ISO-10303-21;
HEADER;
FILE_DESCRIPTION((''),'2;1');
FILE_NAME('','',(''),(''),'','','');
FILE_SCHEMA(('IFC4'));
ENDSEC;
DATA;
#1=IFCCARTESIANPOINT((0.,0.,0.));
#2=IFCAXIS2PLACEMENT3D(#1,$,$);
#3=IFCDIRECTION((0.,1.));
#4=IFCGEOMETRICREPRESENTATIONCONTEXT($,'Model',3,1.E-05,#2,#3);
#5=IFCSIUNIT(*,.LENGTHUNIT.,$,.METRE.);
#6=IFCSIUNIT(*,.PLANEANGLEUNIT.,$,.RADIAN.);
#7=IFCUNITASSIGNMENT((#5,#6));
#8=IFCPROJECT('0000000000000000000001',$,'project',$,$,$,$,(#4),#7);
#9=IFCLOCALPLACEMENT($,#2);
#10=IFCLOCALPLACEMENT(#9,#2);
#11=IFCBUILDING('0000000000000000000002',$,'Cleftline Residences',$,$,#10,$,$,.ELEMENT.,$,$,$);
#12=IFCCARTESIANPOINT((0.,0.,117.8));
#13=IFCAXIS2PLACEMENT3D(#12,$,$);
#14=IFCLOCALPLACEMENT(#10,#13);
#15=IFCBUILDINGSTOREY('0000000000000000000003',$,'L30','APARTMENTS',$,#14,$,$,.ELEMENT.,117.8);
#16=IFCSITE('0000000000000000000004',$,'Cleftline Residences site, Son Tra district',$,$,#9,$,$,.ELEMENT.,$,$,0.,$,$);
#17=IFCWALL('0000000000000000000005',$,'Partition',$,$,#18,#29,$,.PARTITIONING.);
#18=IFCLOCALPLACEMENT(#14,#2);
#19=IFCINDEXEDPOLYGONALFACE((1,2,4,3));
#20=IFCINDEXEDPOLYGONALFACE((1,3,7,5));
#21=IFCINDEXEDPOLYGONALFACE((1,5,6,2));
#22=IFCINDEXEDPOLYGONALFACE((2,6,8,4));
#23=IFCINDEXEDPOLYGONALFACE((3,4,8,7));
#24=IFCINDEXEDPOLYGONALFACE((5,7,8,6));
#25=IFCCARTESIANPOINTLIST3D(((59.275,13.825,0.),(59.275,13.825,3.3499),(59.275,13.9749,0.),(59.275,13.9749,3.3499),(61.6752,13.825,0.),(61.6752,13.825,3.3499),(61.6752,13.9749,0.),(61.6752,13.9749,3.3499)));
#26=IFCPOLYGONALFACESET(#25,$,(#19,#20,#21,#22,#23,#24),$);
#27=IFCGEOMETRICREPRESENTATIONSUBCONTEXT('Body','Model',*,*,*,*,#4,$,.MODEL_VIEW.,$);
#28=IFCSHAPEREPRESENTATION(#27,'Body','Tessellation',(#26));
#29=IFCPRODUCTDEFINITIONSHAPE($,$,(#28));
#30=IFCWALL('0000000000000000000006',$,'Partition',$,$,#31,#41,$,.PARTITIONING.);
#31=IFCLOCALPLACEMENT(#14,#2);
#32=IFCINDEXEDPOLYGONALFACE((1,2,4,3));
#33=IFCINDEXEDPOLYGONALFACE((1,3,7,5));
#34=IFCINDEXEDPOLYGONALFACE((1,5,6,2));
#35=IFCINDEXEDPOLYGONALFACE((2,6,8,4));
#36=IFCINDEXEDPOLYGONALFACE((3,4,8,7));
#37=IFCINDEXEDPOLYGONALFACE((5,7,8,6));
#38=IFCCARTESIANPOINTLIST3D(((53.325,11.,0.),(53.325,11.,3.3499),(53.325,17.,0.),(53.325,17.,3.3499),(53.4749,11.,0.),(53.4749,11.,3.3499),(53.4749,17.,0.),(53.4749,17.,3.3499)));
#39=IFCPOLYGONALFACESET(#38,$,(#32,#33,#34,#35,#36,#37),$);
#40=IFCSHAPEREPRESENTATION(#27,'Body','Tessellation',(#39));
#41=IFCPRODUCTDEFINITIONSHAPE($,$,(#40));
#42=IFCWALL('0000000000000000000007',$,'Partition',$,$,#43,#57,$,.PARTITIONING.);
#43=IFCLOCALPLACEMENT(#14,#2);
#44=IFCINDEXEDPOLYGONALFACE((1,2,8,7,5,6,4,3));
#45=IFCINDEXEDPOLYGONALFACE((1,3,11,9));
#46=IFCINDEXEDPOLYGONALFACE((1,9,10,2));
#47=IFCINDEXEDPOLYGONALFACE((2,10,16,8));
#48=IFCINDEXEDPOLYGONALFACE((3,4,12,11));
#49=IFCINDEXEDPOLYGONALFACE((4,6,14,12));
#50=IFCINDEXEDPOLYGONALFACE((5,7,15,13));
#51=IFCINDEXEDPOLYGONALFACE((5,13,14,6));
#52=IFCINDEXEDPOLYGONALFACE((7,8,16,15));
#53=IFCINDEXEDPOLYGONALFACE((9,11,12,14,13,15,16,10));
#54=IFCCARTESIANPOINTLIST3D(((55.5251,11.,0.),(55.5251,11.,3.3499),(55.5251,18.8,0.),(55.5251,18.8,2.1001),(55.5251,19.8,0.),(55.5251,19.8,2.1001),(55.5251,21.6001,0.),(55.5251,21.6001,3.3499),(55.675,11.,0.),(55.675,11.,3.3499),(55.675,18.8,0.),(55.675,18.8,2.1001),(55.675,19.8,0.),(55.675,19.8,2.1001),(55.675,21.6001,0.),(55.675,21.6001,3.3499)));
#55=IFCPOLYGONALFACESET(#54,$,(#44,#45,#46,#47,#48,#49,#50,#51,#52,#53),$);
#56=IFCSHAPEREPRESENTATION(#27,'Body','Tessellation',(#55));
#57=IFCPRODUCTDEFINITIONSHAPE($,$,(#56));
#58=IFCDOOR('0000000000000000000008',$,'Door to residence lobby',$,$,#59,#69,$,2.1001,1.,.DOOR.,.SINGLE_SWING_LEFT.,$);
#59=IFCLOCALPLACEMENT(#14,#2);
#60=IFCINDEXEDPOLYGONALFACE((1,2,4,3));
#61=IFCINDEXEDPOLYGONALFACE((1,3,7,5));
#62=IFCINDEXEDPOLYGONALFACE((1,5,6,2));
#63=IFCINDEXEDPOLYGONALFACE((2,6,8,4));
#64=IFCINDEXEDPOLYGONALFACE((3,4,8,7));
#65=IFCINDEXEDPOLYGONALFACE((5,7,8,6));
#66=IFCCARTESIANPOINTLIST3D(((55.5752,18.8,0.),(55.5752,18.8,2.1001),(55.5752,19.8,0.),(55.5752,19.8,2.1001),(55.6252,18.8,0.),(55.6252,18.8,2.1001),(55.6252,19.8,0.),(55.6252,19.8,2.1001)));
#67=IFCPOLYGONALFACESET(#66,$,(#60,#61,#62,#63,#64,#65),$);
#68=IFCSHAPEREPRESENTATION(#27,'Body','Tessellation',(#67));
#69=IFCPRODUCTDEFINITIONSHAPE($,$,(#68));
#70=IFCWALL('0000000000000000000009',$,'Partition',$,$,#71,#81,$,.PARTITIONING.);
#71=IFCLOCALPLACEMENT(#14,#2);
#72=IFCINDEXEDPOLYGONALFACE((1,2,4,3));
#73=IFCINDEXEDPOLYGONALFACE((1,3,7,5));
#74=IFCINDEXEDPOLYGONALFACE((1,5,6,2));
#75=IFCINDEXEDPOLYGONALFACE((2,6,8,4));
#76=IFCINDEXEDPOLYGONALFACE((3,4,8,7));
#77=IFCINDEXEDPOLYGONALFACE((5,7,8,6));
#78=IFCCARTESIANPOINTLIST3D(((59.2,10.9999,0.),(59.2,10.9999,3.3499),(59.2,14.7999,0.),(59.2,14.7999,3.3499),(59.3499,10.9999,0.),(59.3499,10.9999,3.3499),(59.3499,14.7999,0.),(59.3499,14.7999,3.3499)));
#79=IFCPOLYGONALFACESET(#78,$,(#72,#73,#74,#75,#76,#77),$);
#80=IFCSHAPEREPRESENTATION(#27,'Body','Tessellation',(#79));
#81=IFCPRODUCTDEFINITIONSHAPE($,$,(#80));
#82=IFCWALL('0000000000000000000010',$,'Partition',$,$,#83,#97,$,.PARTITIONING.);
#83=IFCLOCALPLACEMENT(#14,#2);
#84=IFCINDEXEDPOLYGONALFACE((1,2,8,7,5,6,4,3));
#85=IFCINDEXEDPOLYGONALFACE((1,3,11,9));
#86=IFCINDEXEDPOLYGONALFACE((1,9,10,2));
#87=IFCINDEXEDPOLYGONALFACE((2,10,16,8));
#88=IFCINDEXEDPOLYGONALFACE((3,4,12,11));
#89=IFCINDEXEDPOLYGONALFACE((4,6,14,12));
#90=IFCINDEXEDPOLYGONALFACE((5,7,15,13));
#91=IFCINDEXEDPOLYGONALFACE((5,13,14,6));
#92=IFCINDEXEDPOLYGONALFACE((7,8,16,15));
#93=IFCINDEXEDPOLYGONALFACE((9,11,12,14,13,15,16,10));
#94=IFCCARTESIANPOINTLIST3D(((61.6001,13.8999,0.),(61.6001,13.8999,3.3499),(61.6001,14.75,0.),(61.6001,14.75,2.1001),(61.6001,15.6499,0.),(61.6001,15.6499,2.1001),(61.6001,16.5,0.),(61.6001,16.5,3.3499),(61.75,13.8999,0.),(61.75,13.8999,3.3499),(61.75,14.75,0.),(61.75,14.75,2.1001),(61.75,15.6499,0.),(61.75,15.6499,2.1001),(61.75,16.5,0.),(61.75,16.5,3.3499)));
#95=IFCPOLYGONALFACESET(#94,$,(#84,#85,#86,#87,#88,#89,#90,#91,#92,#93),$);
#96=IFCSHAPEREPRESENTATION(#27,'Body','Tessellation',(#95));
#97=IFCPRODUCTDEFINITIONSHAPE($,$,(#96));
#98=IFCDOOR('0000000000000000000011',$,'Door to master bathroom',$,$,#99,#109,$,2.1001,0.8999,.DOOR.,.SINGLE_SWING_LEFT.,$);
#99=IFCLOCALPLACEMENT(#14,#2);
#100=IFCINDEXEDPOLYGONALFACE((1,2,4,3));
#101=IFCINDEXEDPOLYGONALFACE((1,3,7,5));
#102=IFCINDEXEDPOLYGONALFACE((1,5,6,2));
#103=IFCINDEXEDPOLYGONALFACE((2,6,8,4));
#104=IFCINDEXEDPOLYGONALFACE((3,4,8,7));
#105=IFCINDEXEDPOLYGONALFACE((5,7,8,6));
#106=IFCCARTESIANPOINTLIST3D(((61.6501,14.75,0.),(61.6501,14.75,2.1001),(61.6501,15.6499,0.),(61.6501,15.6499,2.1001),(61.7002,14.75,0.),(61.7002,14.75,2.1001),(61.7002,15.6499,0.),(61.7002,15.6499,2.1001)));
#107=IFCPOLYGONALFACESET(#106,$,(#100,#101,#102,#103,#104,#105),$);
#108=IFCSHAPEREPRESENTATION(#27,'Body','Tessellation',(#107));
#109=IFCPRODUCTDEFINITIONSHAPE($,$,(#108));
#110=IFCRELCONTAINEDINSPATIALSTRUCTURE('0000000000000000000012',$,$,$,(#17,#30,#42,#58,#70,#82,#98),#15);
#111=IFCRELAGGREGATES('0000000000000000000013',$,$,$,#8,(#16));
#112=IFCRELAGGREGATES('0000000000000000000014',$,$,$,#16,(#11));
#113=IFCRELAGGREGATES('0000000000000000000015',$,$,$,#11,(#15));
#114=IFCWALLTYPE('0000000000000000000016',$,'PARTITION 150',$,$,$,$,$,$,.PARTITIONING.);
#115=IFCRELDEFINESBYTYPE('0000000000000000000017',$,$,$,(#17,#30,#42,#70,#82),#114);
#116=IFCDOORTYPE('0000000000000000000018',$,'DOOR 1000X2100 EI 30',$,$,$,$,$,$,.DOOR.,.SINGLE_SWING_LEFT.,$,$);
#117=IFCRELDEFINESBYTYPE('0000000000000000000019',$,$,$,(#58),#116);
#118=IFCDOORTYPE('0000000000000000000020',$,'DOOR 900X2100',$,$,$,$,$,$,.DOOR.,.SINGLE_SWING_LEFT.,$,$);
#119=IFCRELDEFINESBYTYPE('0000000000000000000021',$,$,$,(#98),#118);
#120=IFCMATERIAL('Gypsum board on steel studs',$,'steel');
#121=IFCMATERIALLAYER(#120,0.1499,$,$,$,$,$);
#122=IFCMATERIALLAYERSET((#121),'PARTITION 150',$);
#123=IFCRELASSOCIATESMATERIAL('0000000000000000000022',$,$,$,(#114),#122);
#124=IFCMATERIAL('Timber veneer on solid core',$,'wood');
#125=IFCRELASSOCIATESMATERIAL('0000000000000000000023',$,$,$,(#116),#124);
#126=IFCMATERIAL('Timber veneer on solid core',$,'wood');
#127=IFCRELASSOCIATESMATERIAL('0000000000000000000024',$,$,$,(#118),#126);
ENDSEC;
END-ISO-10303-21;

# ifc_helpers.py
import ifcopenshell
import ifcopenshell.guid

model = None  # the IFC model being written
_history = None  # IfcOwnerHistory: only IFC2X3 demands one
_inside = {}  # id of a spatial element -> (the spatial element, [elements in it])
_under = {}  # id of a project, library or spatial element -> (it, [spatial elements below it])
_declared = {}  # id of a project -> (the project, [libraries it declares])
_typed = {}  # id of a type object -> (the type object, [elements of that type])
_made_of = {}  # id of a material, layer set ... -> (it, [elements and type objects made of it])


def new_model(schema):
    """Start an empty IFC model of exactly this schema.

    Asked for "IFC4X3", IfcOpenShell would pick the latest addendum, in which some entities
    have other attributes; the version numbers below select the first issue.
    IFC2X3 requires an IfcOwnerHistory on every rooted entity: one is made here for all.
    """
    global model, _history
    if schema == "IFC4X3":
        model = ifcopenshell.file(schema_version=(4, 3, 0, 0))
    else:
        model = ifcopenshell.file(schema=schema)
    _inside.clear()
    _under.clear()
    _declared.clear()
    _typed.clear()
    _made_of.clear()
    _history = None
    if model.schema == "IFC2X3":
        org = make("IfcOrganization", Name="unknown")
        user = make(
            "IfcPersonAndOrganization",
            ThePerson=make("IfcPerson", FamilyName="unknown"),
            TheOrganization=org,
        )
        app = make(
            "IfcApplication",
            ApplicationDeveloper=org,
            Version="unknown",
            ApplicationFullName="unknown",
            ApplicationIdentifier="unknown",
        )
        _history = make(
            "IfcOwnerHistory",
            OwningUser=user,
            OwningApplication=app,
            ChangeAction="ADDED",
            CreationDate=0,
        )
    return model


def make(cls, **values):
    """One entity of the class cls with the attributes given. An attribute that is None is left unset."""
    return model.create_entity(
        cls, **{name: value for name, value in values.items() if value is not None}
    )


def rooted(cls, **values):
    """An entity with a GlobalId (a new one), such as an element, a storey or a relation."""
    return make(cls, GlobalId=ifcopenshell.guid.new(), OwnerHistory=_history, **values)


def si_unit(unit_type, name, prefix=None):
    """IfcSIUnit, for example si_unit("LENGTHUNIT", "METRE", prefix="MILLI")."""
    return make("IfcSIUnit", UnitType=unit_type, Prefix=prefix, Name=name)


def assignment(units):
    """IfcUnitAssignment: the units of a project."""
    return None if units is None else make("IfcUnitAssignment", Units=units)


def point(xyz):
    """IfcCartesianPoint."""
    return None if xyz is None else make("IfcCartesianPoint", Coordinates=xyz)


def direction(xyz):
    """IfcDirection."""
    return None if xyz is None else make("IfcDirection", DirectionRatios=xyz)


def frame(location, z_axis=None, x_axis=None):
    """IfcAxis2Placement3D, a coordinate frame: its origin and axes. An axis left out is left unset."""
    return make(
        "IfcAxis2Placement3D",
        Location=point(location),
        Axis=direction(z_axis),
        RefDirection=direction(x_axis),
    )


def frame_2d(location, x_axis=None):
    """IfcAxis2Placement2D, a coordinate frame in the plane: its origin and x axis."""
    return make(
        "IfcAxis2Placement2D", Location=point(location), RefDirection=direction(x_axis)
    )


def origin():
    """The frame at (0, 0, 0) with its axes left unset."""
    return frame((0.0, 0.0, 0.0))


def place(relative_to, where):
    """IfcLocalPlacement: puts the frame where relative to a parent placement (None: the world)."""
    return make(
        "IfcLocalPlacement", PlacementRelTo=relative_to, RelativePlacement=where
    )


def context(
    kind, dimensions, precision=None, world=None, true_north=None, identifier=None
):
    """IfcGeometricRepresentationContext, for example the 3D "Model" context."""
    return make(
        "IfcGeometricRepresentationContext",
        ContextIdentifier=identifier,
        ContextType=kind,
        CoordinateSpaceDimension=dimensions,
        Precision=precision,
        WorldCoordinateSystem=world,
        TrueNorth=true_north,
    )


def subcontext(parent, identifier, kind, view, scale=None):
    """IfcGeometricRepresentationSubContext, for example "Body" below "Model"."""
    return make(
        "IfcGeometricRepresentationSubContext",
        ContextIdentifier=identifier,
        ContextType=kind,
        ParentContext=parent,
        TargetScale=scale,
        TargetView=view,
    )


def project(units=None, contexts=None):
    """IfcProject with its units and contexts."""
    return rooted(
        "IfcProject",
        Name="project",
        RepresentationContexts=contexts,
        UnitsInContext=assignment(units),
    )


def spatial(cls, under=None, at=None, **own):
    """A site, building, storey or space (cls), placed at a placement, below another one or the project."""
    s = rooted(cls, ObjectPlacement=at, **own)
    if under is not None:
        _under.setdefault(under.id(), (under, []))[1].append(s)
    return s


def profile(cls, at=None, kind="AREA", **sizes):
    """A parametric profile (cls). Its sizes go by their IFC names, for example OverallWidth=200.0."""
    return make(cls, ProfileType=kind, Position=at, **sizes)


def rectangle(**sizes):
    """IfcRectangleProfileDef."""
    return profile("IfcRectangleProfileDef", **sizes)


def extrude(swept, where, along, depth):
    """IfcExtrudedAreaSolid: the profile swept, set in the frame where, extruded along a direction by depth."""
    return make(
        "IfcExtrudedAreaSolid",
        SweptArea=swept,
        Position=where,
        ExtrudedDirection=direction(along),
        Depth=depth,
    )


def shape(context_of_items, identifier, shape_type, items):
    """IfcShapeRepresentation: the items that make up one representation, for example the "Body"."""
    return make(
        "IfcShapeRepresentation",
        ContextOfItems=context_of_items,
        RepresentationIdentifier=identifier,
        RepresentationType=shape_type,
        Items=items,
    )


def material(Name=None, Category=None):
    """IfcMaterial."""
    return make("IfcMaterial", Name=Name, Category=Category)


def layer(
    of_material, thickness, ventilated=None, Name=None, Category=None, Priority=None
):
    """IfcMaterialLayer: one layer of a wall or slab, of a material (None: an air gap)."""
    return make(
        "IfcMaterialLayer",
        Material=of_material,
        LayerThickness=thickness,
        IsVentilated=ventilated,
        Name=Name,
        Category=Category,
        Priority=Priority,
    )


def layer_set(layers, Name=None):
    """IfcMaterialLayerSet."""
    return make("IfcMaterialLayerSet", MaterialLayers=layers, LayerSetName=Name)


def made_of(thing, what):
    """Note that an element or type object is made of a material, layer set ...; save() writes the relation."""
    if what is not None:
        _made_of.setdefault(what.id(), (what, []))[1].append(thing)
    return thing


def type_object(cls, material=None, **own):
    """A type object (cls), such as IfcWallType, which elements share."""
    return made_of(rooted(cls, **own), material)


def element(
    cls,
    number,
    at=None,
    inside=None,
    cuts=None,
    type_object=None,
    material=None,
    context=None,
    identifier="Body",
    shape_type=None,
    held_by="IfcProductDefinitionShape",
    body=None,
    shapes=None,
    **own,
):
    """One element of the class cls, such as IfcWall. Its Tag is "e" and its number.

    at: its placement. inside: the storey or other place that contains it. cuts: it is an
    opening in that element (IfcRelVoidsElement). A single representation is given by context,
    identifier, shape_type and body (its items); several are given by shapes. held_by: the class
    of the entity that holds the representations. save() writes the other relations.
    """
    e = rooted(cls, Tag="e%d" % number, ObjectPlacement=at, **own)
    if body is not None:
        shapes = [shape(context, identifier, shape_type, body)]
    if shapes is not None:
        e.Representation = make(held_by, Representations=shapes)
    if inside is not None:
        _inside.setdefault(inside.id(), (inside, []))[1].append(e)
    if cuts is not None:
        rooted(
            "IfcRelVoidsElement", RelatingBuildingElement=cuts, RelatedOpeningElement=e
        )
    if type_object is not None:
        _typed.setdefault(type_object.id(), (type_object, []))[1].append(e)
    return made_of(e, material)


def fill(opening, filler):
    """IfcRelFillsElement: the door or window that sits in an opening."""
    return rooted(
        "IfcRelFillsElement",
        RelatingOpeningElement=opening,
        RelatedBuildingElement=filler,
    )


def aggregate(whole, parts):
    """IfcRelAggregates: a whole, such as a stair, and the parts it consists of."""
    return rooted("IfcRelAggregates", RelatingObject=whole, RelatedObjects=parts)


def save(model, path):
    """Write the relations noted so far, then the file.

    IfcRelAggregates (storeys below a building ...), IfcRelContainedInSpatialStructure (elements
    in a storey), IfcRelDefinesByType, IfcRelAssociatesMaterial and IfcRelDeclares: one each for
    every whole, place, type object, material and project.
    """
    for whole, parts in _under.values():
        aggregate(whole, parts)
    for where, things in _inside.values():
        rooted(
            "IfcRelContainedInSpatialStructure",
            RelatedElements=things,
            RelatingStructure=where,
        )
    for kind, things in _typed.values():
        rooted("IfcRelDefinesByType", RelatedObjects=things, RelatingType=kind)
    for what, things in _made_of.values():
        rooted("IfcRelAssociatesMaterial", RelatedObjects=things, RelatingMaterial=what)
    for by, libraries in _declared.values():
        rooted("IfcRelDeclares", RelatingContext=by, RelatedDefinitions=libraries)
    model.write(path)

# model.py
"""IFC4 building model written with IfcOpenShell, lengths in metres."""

from ifc_helpers import new_model, si_unit, direction, frame, frame_2d, origin, place, context, subcontext, project, spatial, rectangle, extrude, material, layer, layer_set, type_object, element, fill, save


model = new_model("IFC4")

# Units and contexts
model_context = context("Model", 3, precision=1e-05, world=origin(), true_north=direction((0.0, 1.0)))
body_context = subcontext(model_context, "Body", "Model", "MODEL_VIEW")
ifc_project = project(units=[si_unit("LENGTHUNIT", "METRE"), si_unit("PLANEANGLEUNIT", "RADIAN")], contexts=[model_context])

# Site, building, storey
site_placement = place(None, origin())
site = spatial("IfcSite", under=ifc_project, at=site_placement, Name="Cleftline Residences site, Son Tra district", CompositionType="ELEMENT", RefElevation=0.0)
building_placement = place(site_placement, origin())
building = spatial("IfcBuilding", under=site, at=building_placement, Name="Cleftline Residences", CompositionType="ELEMENT")
storey_placement = place(building_placement, frame((0.0, 0.0, 117.8)))
storey = spatial("IfcBuildingStorey", under=building, at=storey_placement, Name="L30", Description="APARTMENTS", CompositionType="ELEMENT", Elevation=117.8)

# Walls
ifc_material_1 = material(Name="Gypsum board on steel studs", Category="steel")
ifc_layer = layer(ifc_material_1, 0.1499)
ifc_layer_set = layer_set([ifc_layer], Name="PARTITION 150")
wall_type = type_object("IfcWallType", Name="PARTITION 150", PredefinedType="PARTITIONING", material=ifc_layer_set)
wall_1_placement = place(storey_placement, frame((59.2749, 13.8999, 0.0), z_axis=(0.0, 0.0, 1.0), x_axis=(1.0, 0.0, 0.0)))
element("IfcWall", 1, at=wall_1_placement, inside=storey, type_object=wall_type, Name="Partition", PredefinedType="PARTITIONING", context=body_context, shape_type="SweptSolid", body=[
    extrude(rectangle(XDim=2.4001, YDim=0.1499, at=frame_2d((1.2002, 0.0))), origin(), (0.0, 0.0, 1.0), 3.3499),
])
wall_2_placement = place(storey_placement, frame((53.3999, 11.0, 0.0), z_axis=(0.0, 0.0, 1.0), x_axis=(0.0, 1.0, 0.0)))
element("IfcWall", 2, at=wall_2_placement, inside=storey, type_object=wall_type, Name="Partition", PredefinedType="PARTITIONING", context=body_context, shape_type="SweptSolid", body=[
    extrude(rectangle(XDim=6.0, YDim=0.1499, at=frame_2d((3.0, 0.0))), origin(), (0.0, 0.0, 1.0), 3.3499),
])

# Wall, opening, door
wall_3_placement = place(storey_placement, frame((55.6001, 11.0, 0.0), z_axis=(0.0, 0.0, 1.0), x_axis=(0.0, 1.0, 0.0)))
wall_3 = element("IfcWall", 3, at=wall_3_placement, inside=storey, type_object=wall_type, Name="Partition", PredefinedType="PARTITIONING", context=body_context, shape_type="SweptSolid", body=[
    extrude(rectangle(XDim=10.6001, YDim=0.1499, at=frame_2d((5.3, 0.0))), origin(), (0.0, 0.0, 1.0), 3.3499),
])
opening_1_placement = place(wall_3_placement, frame((7.8, 0.0, 0.0)))
opening_1 = element("IfcOpeningElement", 4, at=opening_1_placement, cuts=wall_3, PredefinedType="OPENING", context=body_context, shape_type="SweptSolid", body=[
    extrude(rectangle(XDim=1.0, YDim=2.1001, at=frame_2d((0.5, 1.05))), frame((0.0, 0.085, 0.0), z_axis=(0.0, -1.0, 0.0), x_axis=(1.0, 0.0, 0.0)), (0.0, 0.0, 1.0), 0.1699),
])
ifc_material_2 = material(Name="Timber veneer on solid core", Category="wood")
door_type_1 = type_object("IfcDoorType", Name="DOOR 1000X2100 EI 30", OperationType="SINGLE_SWING_LEFT", PredefinedType="DOOR", material=ifc_material_2)
door_1_placement = place(opening_1_placement, origin())
door_1 = element("IfcDoor", 5, at=door_1_placement, inside=storey, type_object=door_type_1, Name="Door to residence lobby", OperationType="SINGLE_SWING_LEFT", OverallHeight=2.1001, OverallWidth=1.0, PredefinedType="DOOR", context=body_context, shape_type="SweptSolid", body=[
    extrude(rectangle(XDim=1.0, YDim=2.1001, at=frame_2d((0.5, 1.05))), frame((0.0, 0.0249, 0.0), z_axis=(0.0, -1.0, 0.0), x_axis=(1.0, 0.0, 0.0)), (0.0, 0.0, 1.0), 0.05),
])
fill(opening_1, door_1)

# Wall
wall_4_placement = place(storey_placement, frame((59.2749, 11.0, 0.0), z_axis=(0.0, 0.0, 1.0), x_axis=(0.0, 1.0, 0.0)))
element("IfcWall", 6, at=wall_4_placement, inside=storey, type_object=wall_type, Name="Partition", PredefinedType="PARTITIONING", context=body_context, shape_type="SweptSolid", body=[
    extrude(rectangle(XDim=3.8, YDim=0.1499, at=frame_2d((1.8999, 0.0))), origin(), (0.0, 0.0, 1.0), 3.3499),
])

# Wall, opening, door
wall_5_placement = place(storey_placement, frame((61.675, 13.8999, 0.0), z_axis=(0.0, 0.0, 1.0), x_axis=(0.0, 1.0, 0.0)))
wall_5 = element("IfcWall", 7, at=wall_5_placement, inside=storey, type_object=wall_type, Name="Partition", PredefinedType="PARTITIONING", context=body_context, shape_type="SweptSolid", body=[
    extrude(rectangle(XDim=2.6001, YDim=0.1499, at=frame_2d((1.3, 0.0))), origin(), (0.0, 0.0, 1.0), 3.3499),
])
opening_2_placement = place(wall_5_placement, frame((0.8501, 0.0, 0.0)))
opening_2 = element("IfcOpeningElement", 8, at=opening_2_placement, cuts=wall_5, PredefinedType="OPENING", context=body_context, shape_type="SweptSolid", body=[
    extrude(rectangle(XDim=0.8999, YDim=2.1001, at=frame_2d((0.45, 1.05))), frame((0.0, 0.085, 0.0), z_axis=(0.0, -1.0, 0.0), x_axis=(1.0, 0.0, 0.0)), (0.0, 0.0, 1.0), 0.1699),
])
ifc_material_3 = material(Name="Timber veneer on solid core", Category="wood")
door_type_2 = type_object("IfcDoorType", Name="DOOR 900X2100", OperationType="SINGLE_SWING_LEFT", PredefinedType="DOOR", material=ifc_material_3)
door_2_placement = place(opening_2_placement, origin())
door_2 = element("IfcDoor", 9, at=door_2_placement, inside=storey, type_object=door_type_2, Name="Door to master bathroom", OperationType="SINGLE_SWING_LEFT", OverallHeight=2.1001, OverallWidth=0.8999, PredefinedType="DOOR", context=body_context, shape_type="SweptSolid", body=[
    extrude(rectangle(XDim=0.8999, YDim=2.1001, at=frame_2d((0.45, 1.05))), frame((0.0, 0.0249, 0.0), z_axis=(0.0, -1.0, 0.0), x_axis=(1.0, 0.0, 0.0)), (0.0, 0.0, 1.0), 0.05),
])
fill(opening_2, door_2)

save(model, "model.ifc")
